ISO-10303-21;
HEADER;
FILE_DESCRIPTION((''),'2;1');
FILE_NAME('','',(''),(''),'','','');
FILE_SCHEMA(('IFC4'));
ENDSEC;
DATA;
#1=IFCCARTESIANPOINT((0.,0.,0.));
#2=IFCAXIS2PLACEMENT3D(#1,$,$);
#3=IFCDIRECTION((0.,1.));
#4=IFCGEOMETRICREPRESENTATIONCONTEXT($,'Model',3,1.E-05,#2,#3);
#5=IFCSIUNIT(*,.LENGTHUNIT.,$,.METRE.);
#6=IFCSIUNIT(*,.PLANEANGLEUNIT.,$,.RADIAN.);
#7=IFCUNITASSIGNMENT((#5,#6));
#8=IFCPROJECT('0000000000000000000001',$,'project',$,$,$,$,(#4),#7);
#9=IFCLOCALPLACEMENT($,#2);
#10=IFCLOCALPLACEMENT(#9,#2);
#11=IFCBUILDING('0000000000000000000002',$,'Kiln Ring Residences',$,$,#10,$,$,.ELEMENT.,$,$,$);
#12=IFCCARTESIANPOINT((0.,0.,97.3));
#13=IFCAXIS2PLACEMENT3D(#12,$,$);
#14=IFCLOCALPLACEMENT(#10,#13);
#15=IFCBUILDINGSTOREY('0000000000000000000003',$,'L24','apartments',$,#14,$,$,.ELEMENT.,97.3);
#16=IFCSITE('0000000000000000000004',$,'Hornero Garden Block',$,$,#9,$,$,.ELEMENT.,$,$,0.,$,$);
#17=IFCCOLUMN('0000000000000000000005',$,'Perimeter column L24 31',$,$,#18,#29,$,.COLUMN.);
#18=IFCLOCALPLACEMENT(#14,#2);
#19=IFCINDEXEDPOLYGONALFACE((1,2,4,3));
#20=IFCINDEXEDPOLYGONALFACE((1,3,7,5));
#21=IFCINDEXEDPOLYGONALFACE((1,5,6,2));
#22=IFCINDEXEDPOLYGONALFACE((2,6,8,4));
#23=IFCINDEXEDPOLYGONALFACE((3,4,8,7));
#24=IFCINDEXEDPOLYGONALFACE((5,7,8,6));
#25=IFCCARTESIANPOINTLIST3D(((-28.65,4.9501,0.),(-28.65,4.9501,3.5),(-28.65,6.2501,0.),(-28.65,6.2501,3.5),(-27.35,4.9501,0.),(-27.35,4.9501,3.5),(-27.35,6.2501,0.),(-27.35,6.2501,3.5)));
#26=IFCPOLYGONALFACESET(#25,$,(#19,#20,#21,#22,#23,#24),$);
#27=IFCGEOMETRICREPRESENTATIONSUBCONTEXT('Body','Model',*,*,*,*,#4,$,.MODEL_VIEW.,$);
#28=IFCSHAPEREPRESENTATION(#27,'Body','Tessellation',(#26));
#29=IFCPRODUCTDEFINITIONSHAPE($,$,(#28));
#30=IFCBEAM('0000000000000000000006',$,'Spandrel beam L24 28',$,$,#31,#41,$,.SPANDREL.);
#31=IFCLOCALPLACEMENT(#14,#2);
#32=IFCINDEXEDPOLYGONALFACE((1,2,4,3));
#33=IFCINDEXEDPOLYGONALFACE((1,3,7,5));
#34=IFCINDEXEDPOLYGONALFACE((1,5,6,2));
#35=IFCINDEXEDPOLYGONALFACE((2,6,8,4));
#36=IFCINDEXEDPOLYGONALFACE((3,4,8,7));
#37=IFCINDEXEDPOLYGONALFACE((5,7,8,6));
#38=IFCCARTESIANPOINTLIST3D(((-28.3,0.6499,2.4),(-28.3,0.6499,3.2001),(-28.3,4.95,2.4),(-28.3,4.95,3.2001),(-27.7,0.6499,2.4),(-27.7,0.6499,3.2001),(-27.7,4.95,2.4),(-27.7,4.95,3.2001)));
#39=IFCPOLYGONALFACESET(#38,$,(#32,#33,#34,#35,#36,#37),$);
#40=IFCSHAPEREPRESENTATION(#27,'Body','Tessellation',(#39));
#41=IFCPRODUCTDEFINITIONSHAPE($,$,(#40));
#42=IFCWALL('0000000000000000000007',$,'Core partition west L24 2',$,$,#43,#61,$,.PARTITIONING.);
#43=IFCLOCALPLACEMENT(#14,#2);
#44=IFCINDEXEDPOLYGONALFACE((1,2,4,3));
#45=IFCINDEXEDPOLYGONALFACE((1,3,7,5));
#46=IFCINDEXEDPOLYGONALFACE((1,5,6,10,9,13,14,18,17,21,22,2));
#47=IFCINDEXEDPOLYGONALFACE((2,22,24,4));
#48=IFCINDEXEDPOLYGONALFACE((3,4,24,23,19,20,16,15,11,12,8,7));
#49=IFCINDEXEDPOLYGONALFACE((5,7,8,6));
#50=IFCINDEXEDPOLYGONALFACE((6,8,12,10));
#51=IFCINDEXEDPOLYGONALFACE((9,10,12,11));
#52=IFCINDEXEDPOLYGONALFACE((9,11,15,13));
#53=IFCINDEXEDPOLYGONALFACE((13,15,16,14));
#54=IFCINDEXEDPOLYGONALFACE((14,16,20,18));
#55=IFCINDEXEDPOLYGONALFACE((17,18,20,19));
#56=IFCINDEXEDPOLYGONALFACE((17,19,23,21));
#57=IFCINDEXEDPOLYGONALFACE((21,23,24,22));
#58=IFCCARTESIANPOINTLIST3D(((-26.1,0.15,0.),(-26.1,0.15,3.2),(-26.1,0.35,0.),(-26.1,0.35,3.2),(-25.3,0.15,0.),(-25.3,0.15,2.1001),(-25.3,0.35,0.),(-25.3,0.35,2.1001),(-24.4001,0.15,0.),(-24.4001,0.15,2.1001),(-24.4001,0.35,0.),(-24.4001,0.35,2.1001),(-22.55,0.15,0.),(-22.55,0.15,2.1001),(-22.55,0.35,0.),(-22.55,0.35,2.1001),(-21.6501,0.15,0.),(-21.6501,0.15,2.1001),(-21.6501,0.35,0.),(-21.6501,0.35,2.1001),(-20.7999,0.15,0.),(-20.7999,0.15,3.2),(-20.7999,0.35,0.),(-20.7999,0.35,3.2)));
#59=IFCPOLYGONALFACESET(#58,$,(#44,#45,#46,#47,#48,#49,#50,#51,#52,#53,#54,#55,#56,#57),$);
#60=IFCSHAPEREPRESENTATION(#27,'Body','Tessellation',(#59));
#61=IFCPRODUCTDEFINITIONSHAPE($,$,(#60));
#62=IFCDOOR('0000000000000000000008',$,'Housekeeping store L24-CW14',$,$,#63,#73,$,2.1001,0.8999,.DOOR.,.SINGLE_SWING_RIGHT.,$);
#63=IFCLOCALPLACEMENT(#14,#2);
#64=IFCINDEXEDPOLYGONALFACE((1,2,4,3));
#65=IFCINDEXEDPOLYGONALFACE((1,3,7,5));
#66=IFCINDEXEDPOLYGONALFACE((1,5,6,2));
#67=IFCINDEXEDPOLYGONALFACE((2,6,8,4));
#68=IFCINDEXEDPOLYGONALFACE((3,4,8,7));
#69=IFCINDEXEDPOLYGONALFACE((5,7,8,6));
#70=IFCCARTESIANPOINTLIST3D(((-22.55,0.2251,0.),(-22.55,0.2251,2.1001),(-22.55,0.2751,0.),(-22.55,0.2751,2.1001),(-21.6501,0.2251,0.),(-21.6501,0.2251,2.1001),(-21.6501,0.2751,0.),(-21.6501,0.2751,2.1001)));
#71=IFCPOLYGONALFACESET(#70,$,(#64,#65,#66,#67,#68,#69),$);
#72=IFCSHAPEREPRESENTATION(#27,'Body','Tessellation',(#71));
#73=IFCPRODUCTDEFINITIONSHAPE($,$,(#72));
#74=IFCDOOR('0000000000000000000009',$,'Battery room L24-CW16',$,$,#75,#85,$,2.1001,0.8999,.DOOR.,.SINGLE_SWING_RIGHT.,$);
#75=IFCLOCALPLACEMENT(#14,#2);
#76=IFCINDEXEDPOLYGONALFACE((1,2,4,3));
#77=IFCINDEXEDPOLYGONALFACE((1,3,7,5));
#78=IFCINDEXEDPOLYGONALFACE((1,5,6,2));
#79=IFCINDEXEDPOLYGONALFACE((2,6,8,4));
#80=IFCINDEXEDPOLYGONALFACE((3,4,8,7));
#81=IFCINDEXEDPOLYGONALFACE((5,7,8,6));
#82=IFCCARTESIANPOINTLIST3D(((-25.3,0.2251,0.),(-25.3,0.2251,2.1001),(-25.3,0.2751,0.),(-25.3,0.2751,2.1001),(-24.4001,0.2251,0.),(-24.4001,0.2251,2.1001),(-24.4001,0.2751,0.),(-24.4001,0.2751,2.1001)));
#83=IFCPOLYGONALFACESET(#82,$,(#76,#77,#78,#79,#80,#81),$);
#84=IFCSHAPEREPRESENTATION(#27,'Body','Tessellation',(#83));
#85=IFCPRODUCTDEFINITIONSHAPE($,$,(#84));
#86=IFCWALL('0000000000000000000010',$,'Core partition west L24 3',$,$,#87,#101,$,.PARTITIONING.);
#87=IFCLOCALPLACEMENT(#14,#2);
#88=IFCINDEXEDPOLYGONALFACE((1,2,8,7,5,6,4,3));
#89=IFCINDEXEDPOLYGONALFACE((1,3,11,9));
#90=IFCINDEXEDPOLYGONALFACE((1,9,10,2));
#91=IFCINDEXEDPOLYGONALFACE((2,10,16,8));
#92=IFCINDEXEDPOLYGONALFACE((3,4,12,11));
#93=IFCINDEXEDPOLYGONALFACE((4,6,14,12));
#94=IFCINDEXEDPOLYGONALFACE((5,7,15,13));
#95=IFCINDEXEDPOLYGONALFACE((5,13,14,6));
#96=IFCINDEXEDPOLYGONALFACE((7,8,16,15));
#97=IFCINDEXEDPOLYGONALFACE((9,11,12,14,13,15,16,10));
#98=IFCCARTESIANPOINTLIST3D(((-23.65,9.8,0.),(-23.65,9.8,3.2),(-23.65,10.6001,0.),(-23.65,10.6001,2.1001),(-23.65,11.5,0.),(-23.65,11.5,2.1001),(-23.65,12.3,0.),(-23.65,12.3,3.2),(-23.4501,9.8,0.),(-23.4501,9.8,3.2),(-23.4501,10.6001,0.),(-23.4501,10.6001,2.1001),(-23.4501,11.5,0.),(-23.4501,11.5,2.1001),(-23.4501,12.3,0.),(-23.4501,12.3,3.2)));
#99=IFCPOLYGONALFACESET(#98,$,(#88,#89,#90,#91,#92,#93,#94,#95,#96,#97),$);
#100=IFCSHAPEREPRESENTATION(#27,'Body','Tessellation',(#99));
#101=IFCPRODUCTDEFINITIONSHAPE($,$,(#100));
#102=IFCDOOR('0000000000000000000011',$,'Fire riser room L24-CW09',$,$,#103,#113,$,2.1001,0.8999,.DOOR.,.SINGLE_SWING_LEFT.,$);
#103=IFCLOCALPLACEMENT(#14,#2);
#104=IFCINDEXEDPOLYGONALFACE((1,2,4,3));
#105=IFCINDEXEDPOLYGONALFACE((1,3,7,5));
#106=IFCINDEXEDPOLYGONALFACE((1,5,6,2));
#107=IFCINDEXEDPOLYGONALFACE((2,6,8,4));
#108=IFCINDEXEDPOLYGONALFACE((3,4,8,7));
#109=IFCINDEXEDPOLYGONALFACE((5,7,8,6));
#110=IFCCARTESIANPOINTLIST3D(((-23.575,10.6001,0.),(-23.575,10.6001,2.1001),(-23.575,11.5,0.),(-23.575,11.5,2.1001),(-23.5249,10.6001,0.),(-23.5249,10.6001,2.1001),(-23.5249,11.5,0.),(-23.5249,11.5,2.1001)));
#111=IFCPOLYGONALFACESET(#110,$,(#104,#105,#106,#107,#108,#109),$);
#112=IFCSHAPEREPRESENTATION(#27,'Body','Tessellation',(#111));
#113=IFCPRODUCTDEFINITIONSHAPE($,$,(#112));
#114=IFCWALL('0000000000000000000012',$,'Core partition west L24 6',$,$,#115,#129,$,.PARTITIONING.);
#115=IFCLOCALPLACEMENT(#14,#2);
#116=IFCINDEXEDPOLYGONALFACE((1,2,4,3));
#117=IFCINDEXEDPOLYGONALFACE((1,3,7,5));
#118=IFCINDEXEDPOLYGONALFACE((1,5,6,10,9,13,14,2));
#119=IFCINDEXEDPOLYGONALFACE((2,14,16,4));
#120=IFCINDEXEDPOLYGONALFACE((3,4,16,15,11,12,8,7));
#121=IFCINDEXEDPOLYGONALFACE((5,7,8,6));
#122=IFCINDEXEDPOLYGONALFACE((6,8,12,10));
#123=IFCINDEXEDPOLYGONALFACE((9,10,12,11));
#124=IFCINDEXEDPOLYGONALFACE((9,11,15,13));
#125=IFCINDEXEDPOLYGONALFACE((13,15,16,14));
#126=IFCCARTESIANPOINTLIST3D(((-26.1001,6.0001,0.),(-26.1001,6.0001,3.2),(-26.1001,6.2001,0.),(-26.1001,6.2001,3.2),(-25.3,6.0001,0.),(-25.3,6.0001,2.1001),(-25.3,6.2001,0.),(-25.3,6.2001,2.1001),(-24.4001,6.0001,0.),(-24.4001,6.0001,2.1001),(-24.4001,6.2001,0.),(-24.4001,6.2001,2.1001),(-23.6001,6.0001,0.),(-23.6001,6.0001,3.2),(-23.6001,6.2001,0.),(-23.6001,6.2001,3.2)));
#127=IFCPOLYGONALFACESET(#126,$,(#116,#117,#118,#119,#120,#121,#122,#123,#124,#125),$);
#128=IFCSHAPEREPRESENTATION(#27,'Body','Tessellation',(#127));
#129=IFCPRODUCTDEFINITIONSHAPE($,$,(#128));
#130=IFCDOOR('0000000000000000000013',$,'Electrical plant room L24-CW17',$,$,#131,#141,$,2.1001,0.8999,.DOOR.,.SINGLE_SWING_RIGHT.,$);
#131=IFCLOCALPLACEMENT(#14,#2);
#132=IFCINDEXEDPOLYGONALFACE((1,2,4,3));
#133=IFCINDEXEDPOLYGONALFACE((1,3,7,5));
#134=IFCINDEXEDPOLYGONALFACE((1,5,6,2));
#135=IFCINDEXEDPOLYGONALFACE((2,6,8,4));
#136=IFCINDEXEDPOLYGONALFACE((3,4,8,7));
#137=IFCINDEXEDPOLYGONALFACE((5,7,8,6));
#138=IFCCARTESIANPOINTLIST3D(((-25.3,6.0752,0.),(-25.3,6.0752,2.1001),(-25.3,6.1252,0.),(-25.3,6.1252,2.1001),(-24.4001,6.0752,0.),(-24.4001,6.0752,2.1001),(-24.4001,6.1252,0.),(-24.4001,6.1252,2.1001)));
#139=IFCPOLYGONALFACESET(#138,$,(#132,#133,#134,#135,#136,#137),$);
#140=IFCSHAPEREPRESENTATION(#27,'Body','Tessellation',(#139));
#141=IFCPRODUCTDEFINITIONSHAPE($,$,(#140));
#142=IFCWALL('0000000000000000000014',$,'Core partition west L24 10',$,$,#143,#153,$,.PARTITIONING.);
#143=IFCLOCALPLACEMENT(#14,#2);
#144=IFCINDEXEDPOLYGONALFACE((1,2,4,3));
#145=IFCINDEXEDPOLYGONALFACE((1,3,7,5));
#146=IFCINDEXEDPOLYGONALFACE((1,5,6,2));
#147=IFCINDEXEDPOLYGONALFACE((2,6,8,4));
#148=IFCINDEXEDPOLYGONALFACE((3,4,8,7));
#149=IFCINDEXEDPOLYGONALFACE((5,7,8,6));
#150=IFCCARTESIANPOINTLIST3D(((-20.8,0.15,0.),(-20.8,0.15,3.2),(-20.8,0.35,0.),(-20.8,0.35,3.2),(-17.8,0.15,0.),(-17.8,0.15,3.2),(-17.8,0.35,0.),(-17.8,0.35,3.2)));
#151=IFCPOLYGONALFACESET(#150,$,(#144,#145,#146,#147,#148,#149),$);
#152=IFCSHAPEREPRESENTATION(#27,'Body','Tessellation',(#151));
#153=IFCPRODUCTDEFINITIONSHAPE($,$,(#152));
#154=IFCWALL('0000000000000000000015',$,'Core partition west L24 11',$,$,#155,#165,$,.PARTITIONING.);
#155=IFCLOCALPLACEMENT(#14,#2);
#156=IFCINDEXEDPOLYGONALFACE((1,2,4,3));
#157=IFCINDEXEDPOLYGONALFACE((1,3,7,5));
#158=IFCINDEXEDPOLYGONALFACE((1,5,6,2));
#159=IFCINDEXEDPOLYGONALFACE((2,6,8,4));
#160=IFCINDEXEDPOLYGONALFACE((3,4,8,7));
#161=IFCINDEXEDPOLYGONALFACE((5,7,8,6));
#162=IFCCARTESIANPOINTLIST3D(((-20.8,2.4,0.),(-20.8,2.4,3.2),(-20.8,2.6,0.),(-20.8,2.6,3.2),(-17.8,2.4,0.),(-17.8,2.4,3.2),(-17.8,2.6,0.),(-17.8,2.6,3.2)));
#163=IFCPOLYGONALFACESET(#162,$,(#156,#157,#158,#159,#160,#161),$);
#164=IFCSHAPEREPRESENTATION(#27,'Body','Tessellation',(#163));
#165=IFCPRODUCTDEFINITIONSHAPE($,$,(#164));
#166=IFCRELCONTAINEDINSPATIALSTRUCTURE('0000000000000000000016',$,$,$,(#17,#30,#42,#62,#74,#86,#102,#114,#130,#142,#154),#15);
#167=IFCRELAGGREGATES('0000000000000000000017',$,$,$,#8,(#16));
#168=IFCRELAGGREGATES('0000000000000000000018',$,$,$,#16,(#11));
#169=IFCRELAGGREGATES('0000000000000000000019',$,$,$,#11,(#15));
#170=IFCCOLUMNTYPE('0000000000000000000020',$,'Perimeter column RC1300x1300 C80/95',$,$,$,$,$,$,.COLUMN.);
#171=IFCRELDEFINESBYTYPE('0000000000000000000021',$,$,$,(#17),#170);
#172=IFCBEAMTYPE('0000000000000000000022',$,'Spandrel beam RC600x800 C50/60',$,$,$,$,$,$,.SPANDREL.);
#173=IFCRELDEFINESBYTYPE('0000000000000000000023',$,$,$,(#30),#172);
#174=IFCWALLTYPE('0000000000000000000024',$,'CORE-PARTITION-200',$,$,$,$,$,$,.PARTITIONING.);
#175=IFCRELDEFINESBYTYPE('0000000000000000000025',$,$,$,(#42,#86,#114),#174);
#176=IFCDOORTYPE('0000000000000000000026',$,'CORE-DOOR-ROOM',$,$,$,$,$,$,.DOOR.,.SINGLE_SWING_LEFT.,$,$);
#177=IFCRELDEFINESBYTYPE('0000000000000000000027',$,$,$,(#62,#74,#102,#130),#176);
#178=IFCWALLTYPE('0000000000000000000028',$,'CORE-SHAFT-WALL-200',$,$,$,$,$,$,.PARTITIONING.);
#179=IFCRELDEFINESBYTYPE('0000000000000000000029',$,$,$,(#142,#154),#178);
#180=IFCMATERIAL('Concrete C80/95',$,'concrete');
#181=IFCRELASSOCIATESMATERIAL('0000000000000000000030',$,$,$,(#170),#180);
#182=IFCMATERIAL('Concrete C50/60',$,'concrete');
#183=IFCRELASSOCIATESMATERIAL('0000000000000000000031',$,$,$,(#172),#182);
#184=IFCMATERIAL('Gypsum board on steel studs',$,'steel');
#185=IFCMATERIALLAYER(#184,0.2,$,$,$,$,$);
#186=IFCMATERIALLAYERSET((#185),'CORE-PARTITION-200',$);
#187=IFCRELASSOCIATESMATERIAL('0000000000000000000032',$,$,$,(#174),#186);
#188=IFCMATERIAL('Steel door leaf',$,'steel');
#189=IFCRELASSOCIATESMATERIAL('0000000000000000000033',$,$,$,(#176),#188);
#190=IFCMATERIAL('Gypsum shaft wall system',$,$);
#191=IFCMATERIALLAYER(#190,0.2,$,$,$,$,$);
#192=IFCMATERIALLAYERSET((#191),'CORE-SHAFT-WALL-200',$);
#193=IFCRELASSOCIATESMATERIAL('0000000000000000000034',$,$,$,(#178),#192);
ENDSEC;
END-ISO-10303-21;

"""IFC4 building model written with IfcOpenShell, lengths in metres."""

from ifc_helpers import new_model, si_unit, direction, frame, frame_2d, origin, origin_2d, place, context, subcontext, project, spatial, rectangle, extrude, material, layer, layer_set, material_profile, profile_set, type_object, element, fill, save


model = new_model("IFC4")

# Units and contexts
model_context = context("Model", 3, precision=1e-05, world=origin(), true_north=direction((0.0, 1.0)))
body_context = subcontext(model_context, "Body", "Model", "MODEL_VIEW")
ifc_project = project(units=[si_unit("LENGTHUNIT", "METRE"), si_unit("PLANEANGLEUNIT", "RADIAN")], contexts=[model_context])

# Site, building, storey
site_placement = place(None, origin())
site = spatial("IfcSite", under=ifc_project, at=site_placement, Name="Hornero Garden Block", CompositionType="ELEMENT", RefElevation=0.0)
building_placement = place(site_placement, origin())
building = spatial("IfcBuilding", under=site, at=building_placement, Name="Kiln Ring Residences", CompositionType="ELEMENT")
storey_placement = place(building_placement, frame((0.0, 0.0, 97.3)))
storey = spatial("IfcBuildingStorey", under=building, at=storey_placement, Name="L24", Description="apartments", CompositionType="ELEMENT", Elevation=97.3)

# Column
ifc_material_1 = material(Name="Concrete C80/95", Category="concrete")
ifc_material_profile_1 = material_profile(ifc_material_1, rectangle(XDim=1.3, YDim=1.3, at=origin_2d()), Name="RC1300x1300")
ifc_profile_set_1 = profile_set([ifc_material_profile_1], Name="Concrete C80/95")
column_type = type_object("IfcColumnType", Name="Perimeter column RC1300x1300 C80/95", PredefinedType="COLUMN", material=ifc_profile_set_1)
column_placement = place(storey_placement, frame((-28.0, 5.6001, 0.0), z_axis=(0.0, 0.0, 1.0), x_axis=(1.0, 0.0, 0.0)))
element("IfcColumn", 1, at=column_placement, inside=storey, type_object=column_type, Name="Perimeter column L24 31", PredefinedType="COLUMN", context=body_context, shape_type="SweptSolid", body=[
    extrude(rectangle(XDim=1.3, YDim=1.3, at=origin_2d()), origin(), (0.0, 0.0, 1.0), 3.5),
])

# Beam
ifc_material_2 = material(Name="Concrete C50/60", Category="concrete")
ifc_material_profile_2 = material_profile(ifc_material_2, rectangle(XDim=0.6001, YDim=0.8, at=origin_2d()), Name="RC600x800")
ifc_profile_set_2 = profile_set([ifc_material_profile_2], Name="Concrete C50/60")
beam_type = type_object("IfcBeamType", Name="Spandrel beam RC600x800 C50/60", PredefinedType="SPANDREL", material=ifc_profile_set_2)
beam_placement = place(storey_placement, frame((-28.0, 4.95, 2.8), z_axis=(0.0, -1.0, 0.0), x_axis=(1.0, 0.0, 0.0)))
element("IfcBeam", 2, at=beam_placement, inside=storey, type_object=beam_type, Name="Spandrel beam L24 28", PredefinedType="SPANDREL", context=body_context, shape_type="SweptSolid", body=[
    extrude(rectangle(XDim=0.6001, YDim=0.8, at=origin_2d()), origin(), (0.0, 0.0, 1.0), 4.3),
])

# Wall, openings, doors
ifc_material_3 = material(Name="Gypsum board on steel studs", Category="steel")
ifc_layer_1 = layer(ifc_material_3, 0.2)
ifc_layer_set_1 = layer_set([ifc_layer_1], Name="CORE-PARTITION-200")
wall_type_1 = type_object("IfcWallType", Name="CORE-PARTITION-200", PredefinedType="PARTITIONING", material=ifc_layer_set_1)
wall_1_placement = place(storey_placement, frame((-20.8, 0.25, 0.0), z_axis=(0.0, 0.0, 1.0), x_axis=(-1.0, 0.0, 0.0)))
wall_1 = element("IfcWall", 3, at=wall_1_placement, inside=storey, type_object=wall_type_1, Name="Core partition west L24 2", PredefinedType="PARTITIONING", context=body_context, shape_type="SweptSolid", body=[
    extrude(rectangle(XDim=5.3, YDim=0.2, at=frame_2d((2.6499, 0.0))), origin(), (0.0, 0.0, 1.0), 3.2),
])
opening_1_placement = place(wall_1_placement, frame((0.8501, 0.0, 0.0)))
opening_1 = element("IfcOpeningElement", 4, at=opening_1_placement, cuts=wall_1, PredefinedType="OPENING", context=body_context, shape_type="SweptSolid", body=[
    extrude(rectangle(XDim=0.8999, YDim=2.1001, at=frame_2d((0.45, 1.05))), frame((0.0, 0.1099, 0.0), z_axis=(0.0, -1.0, 0.0), x_axis=(1.0, 0.0, 0.0)), (0.0, 0.0, 1.0), 0.22),
])
opening_2_placement = place(wall_1_placement, frame((3.6001, 0.0, 0.0)))
opening_2 = element("IfcOpeningElement", 5, at=opening_2_placement, cuts=wall_1, PredefinedType="OPENING", context=body_context, shape_type="SweptSolid", body=[
    extrude(rectangle(XDim=0.8999, YDim=2.1001, at=frame_2d((0.45, 1.05))), frame((0.0, 0.1099, 0.0), z_axis=(0.0, -1.0, 0.0), x_axis=(1.0, 0.0, 0.0)), (0.0, 0.0, 1.0), 0.22),
])
ifc_material_4 = material(Name="Steel door leaf", Category="steel")
door_type_1 = type_object("IfcDoorType", Name="CORE-DOOR-ROOM", OperationType="SINGLE_SWING_LEFT", PredefinedType="DOOR", material=ifc_material_4)
door_1_placement = place(opening_1_placement, origin())
door_1 = element("IfcDoor", 6, at=door_1_placement, inside=storey, type_object=door_type_1, Name="Housekeeping store L24-CW14", OperationType="SINGLE_SWING_RIGHT", OverallHeight=2.1001, OverallWidth=0.8999, PredefinedType="DOOR", context=body_context, shape_type="SweptSolid", body=[
    extrude(rectangle(XDim=0.8999, YDim=2.1001, at=frame_2d((0.45, 1.05))), frame((0.0, 0.0249, 0.0), z_axis=(0.0, -1.0, 0.0), x_axis=(1.0, 0.0, 0.0)), (0.0, 0.0, 1.0), 0.05),
])
fill(opening_1, door_1)
door_2_placement = place(opening_2_placement, origin())
door_2 = element("IfcDoor", 7, at=door_2_placement, inside=storey, type_object=door_type_1, Name="Battery room L24-CW16", OperationType="SINGLE_SWING_RIGHT", OverallHeight=2.1001, OverallWidth=0.8999, PredefinedType="DOOR", context=body_context, shape_type="SweptSolid", body=[
    extrude(rectangle(XDim=0.8999, YDim=2.1001, at=frame_2d((0.45, 1.05))), frame((0.0, 0.0249, 0.0), z_axis=(0.0, -1.0, 0.0), x_axis=(1.0, 0.0, 0.0)), (0.0, 0.0, 1.0), 0.05),
])
fill(opening_2, door_2)

# Walls, openings, doors
wall_2_placement = place(storey_placement, frame((-23.55, 9.8, 0.0), z_axis=(0.0, 0.0, 1.0), x_axis=(0.0, 1.0, 0.0)))
wall_2 = element("IfcWall", 8, at=wall_2_placement, inside=storey, type_object=wall_type_1, Name="Core partition west L24 3", PredefinedType="PARTITIONING", context=body_context, shape_type="SweptSolid", body=[
    extrude(rectangle(XDim=2.5, YDim=0.2, at=frame_2d((1.25, 0.0))), origin(), (0.0, 0.0, 1.0), 3.2),
])
opening_3_placement = place(wall_2_placement, frame((0.8, 0.0, 0.0)))
opening_3 = element("IfcOpeningElement", 9, at=opening_3_placement, cuts=wall_2, PredefinedType="OPENING", context=body_context, shape_type="SweptSolid", body=[
    extrude(rectangle(XDim=0.8999, YDim=2.1001, at=frame_2d((0.45, 1.05))), frame((0.0, 0.1099, 0.0), z_axis=(0.0, -1.0, 0.0), x_axis=(1.0, 0.0, 0.0)), (0.0, 0.0, 1.0), 0.22),
])
door_3_placement = place(opening_3_placement, origin())
door_3 = element("IfcDoor", 10, at=door_3_placement, inside=storey, type_object=door_type_1, Name="Fire riser room L24-CW09", OperationType="SINGLE_SWING_LEFT", OverallHeight=2.1001, OverallWidth=0.8999, PredefinedType="DOOR", context=body_context, shape_type="SweptSolid", body=[
    extrude(rectangle(XDim=0.8999, YDim=2.1001, at=frame_2d((0.45, 1.05))), frame((0.0, 0.0249, 0.0), z_axis=(0.0, -1.0, 0.0), x_axis=(1.0, 0.0, 0.0)), (0.0, 0.0, 1.0), 0.05),
])
fill(opening_3, door_3)
wall_3_placement = place(storey_placement, frame((-23.6001, 6.1001, 0.0), z_axis=(0.0, 0.0, 1.0), x_axis=(-1.0, 0.0, 0.0)))
wall_3 = element("IfcWall", 11, at=wall_3_placement, inside=storey, type_object=wall_type_1, Name="Core partition west L24 6", PredefinedType="PARTITIONING", context=body_context, shape_type="SweptSolid", body=[
    extrude(rectangle(XDim=2.5, YDim=0.2, at=frame_2d((1.25, 0.0))), origin(), (0.0, 0.0, 1.0), 3.2),
])
opening_4_placement = place(wall_3_placement, frame((0.8, 0.0, 0.0)))
opening_4 = element("IfcOpeningElement", 12, at=opening_4_placement, cuts=wall_3, PredefinedType="OPENING", context=body_context, shape_type="SweptSolid", body=[
    extrude(rectangle(XDim=0.8999, YDim=2.1001, at=frame_2d((0.45, 1.05))), frame((0.0, 0.1099, 0.0), z_axis=(0.0, -1.0, 0.0), x_axis=(1.0, 0.0, 0.0)), (0.0, 0.0, 1.0), 0.22),
])
door_4_placement = place(opening_4_placement, origin())
door_4 = element("IfcDoor", 13, at=door_4_placement, inside=storey, type_object=door_type_1, Name="Electrical plant room L24-CW17", OperationType="SINGLE_SWING_RIGHT", OverallHeight=2.1001, OverallWidth=0.8999, PredefinedType="DOOR", context=body_context, shape_type="SweptSolid", body=[
    extrude(rectangle(XDim=0.8999, YDim=2.1001, at=frame_2d((0.45, 1.05))), frame((0.0, 0.0249, 0.0), z_axis=(0.0, -1.0, 0.0), x_axis=(1.0, 0.0, 0.0)), (0.0, 0.0, 1.0), 0.05),
])
fill(opening_4, door_4)

# Walls
ifc_material_5 = material(Name="Gypsum shaft wall system")
ifc_layer_2 = layer(ifc_material_5, 0.2)
ifc_layer_set_2 = layer_set([ifc_layer_2], Name="CORE-SHAFT-WALL-200")
wall_type_2 = type_object("IfcWallType", Name="CORE-SHAFT-WALL-200", PredefinedType="PARTITIONING", material=ifc_layer_set_2)
for number, where, z_axis, x_axis, name in (
    (14, (-17.8, 0.25, 0.0), (0.0, 0.0, 1.0), (-1.0, 0.0, 0.0), "Core partition west L24 10"),
    (15, (-17.8, 2.5, 0.0), (0.0, 0.0, 1.0), (-1.0, 0.0, 0.0), "Core partition west L24 11"),
):
    element("IfcWall", number, at=place(storey_placement, frame(where, z_axis=z_axis, x_axis=x_axis)), inside=storey, type_object=wall_type_2, Name=name, PredefinedType="PARTITIONING", context=body_context, shape_type="SweptSolid", body=[
        extrude(rectangle(XDim=3.0, YDim=0.2, at=frame_2d((1.5, 0.0))), origin(), (0.0, 0.0, 1.0), 3.2),
    ])

save(model, "model.ifc")
